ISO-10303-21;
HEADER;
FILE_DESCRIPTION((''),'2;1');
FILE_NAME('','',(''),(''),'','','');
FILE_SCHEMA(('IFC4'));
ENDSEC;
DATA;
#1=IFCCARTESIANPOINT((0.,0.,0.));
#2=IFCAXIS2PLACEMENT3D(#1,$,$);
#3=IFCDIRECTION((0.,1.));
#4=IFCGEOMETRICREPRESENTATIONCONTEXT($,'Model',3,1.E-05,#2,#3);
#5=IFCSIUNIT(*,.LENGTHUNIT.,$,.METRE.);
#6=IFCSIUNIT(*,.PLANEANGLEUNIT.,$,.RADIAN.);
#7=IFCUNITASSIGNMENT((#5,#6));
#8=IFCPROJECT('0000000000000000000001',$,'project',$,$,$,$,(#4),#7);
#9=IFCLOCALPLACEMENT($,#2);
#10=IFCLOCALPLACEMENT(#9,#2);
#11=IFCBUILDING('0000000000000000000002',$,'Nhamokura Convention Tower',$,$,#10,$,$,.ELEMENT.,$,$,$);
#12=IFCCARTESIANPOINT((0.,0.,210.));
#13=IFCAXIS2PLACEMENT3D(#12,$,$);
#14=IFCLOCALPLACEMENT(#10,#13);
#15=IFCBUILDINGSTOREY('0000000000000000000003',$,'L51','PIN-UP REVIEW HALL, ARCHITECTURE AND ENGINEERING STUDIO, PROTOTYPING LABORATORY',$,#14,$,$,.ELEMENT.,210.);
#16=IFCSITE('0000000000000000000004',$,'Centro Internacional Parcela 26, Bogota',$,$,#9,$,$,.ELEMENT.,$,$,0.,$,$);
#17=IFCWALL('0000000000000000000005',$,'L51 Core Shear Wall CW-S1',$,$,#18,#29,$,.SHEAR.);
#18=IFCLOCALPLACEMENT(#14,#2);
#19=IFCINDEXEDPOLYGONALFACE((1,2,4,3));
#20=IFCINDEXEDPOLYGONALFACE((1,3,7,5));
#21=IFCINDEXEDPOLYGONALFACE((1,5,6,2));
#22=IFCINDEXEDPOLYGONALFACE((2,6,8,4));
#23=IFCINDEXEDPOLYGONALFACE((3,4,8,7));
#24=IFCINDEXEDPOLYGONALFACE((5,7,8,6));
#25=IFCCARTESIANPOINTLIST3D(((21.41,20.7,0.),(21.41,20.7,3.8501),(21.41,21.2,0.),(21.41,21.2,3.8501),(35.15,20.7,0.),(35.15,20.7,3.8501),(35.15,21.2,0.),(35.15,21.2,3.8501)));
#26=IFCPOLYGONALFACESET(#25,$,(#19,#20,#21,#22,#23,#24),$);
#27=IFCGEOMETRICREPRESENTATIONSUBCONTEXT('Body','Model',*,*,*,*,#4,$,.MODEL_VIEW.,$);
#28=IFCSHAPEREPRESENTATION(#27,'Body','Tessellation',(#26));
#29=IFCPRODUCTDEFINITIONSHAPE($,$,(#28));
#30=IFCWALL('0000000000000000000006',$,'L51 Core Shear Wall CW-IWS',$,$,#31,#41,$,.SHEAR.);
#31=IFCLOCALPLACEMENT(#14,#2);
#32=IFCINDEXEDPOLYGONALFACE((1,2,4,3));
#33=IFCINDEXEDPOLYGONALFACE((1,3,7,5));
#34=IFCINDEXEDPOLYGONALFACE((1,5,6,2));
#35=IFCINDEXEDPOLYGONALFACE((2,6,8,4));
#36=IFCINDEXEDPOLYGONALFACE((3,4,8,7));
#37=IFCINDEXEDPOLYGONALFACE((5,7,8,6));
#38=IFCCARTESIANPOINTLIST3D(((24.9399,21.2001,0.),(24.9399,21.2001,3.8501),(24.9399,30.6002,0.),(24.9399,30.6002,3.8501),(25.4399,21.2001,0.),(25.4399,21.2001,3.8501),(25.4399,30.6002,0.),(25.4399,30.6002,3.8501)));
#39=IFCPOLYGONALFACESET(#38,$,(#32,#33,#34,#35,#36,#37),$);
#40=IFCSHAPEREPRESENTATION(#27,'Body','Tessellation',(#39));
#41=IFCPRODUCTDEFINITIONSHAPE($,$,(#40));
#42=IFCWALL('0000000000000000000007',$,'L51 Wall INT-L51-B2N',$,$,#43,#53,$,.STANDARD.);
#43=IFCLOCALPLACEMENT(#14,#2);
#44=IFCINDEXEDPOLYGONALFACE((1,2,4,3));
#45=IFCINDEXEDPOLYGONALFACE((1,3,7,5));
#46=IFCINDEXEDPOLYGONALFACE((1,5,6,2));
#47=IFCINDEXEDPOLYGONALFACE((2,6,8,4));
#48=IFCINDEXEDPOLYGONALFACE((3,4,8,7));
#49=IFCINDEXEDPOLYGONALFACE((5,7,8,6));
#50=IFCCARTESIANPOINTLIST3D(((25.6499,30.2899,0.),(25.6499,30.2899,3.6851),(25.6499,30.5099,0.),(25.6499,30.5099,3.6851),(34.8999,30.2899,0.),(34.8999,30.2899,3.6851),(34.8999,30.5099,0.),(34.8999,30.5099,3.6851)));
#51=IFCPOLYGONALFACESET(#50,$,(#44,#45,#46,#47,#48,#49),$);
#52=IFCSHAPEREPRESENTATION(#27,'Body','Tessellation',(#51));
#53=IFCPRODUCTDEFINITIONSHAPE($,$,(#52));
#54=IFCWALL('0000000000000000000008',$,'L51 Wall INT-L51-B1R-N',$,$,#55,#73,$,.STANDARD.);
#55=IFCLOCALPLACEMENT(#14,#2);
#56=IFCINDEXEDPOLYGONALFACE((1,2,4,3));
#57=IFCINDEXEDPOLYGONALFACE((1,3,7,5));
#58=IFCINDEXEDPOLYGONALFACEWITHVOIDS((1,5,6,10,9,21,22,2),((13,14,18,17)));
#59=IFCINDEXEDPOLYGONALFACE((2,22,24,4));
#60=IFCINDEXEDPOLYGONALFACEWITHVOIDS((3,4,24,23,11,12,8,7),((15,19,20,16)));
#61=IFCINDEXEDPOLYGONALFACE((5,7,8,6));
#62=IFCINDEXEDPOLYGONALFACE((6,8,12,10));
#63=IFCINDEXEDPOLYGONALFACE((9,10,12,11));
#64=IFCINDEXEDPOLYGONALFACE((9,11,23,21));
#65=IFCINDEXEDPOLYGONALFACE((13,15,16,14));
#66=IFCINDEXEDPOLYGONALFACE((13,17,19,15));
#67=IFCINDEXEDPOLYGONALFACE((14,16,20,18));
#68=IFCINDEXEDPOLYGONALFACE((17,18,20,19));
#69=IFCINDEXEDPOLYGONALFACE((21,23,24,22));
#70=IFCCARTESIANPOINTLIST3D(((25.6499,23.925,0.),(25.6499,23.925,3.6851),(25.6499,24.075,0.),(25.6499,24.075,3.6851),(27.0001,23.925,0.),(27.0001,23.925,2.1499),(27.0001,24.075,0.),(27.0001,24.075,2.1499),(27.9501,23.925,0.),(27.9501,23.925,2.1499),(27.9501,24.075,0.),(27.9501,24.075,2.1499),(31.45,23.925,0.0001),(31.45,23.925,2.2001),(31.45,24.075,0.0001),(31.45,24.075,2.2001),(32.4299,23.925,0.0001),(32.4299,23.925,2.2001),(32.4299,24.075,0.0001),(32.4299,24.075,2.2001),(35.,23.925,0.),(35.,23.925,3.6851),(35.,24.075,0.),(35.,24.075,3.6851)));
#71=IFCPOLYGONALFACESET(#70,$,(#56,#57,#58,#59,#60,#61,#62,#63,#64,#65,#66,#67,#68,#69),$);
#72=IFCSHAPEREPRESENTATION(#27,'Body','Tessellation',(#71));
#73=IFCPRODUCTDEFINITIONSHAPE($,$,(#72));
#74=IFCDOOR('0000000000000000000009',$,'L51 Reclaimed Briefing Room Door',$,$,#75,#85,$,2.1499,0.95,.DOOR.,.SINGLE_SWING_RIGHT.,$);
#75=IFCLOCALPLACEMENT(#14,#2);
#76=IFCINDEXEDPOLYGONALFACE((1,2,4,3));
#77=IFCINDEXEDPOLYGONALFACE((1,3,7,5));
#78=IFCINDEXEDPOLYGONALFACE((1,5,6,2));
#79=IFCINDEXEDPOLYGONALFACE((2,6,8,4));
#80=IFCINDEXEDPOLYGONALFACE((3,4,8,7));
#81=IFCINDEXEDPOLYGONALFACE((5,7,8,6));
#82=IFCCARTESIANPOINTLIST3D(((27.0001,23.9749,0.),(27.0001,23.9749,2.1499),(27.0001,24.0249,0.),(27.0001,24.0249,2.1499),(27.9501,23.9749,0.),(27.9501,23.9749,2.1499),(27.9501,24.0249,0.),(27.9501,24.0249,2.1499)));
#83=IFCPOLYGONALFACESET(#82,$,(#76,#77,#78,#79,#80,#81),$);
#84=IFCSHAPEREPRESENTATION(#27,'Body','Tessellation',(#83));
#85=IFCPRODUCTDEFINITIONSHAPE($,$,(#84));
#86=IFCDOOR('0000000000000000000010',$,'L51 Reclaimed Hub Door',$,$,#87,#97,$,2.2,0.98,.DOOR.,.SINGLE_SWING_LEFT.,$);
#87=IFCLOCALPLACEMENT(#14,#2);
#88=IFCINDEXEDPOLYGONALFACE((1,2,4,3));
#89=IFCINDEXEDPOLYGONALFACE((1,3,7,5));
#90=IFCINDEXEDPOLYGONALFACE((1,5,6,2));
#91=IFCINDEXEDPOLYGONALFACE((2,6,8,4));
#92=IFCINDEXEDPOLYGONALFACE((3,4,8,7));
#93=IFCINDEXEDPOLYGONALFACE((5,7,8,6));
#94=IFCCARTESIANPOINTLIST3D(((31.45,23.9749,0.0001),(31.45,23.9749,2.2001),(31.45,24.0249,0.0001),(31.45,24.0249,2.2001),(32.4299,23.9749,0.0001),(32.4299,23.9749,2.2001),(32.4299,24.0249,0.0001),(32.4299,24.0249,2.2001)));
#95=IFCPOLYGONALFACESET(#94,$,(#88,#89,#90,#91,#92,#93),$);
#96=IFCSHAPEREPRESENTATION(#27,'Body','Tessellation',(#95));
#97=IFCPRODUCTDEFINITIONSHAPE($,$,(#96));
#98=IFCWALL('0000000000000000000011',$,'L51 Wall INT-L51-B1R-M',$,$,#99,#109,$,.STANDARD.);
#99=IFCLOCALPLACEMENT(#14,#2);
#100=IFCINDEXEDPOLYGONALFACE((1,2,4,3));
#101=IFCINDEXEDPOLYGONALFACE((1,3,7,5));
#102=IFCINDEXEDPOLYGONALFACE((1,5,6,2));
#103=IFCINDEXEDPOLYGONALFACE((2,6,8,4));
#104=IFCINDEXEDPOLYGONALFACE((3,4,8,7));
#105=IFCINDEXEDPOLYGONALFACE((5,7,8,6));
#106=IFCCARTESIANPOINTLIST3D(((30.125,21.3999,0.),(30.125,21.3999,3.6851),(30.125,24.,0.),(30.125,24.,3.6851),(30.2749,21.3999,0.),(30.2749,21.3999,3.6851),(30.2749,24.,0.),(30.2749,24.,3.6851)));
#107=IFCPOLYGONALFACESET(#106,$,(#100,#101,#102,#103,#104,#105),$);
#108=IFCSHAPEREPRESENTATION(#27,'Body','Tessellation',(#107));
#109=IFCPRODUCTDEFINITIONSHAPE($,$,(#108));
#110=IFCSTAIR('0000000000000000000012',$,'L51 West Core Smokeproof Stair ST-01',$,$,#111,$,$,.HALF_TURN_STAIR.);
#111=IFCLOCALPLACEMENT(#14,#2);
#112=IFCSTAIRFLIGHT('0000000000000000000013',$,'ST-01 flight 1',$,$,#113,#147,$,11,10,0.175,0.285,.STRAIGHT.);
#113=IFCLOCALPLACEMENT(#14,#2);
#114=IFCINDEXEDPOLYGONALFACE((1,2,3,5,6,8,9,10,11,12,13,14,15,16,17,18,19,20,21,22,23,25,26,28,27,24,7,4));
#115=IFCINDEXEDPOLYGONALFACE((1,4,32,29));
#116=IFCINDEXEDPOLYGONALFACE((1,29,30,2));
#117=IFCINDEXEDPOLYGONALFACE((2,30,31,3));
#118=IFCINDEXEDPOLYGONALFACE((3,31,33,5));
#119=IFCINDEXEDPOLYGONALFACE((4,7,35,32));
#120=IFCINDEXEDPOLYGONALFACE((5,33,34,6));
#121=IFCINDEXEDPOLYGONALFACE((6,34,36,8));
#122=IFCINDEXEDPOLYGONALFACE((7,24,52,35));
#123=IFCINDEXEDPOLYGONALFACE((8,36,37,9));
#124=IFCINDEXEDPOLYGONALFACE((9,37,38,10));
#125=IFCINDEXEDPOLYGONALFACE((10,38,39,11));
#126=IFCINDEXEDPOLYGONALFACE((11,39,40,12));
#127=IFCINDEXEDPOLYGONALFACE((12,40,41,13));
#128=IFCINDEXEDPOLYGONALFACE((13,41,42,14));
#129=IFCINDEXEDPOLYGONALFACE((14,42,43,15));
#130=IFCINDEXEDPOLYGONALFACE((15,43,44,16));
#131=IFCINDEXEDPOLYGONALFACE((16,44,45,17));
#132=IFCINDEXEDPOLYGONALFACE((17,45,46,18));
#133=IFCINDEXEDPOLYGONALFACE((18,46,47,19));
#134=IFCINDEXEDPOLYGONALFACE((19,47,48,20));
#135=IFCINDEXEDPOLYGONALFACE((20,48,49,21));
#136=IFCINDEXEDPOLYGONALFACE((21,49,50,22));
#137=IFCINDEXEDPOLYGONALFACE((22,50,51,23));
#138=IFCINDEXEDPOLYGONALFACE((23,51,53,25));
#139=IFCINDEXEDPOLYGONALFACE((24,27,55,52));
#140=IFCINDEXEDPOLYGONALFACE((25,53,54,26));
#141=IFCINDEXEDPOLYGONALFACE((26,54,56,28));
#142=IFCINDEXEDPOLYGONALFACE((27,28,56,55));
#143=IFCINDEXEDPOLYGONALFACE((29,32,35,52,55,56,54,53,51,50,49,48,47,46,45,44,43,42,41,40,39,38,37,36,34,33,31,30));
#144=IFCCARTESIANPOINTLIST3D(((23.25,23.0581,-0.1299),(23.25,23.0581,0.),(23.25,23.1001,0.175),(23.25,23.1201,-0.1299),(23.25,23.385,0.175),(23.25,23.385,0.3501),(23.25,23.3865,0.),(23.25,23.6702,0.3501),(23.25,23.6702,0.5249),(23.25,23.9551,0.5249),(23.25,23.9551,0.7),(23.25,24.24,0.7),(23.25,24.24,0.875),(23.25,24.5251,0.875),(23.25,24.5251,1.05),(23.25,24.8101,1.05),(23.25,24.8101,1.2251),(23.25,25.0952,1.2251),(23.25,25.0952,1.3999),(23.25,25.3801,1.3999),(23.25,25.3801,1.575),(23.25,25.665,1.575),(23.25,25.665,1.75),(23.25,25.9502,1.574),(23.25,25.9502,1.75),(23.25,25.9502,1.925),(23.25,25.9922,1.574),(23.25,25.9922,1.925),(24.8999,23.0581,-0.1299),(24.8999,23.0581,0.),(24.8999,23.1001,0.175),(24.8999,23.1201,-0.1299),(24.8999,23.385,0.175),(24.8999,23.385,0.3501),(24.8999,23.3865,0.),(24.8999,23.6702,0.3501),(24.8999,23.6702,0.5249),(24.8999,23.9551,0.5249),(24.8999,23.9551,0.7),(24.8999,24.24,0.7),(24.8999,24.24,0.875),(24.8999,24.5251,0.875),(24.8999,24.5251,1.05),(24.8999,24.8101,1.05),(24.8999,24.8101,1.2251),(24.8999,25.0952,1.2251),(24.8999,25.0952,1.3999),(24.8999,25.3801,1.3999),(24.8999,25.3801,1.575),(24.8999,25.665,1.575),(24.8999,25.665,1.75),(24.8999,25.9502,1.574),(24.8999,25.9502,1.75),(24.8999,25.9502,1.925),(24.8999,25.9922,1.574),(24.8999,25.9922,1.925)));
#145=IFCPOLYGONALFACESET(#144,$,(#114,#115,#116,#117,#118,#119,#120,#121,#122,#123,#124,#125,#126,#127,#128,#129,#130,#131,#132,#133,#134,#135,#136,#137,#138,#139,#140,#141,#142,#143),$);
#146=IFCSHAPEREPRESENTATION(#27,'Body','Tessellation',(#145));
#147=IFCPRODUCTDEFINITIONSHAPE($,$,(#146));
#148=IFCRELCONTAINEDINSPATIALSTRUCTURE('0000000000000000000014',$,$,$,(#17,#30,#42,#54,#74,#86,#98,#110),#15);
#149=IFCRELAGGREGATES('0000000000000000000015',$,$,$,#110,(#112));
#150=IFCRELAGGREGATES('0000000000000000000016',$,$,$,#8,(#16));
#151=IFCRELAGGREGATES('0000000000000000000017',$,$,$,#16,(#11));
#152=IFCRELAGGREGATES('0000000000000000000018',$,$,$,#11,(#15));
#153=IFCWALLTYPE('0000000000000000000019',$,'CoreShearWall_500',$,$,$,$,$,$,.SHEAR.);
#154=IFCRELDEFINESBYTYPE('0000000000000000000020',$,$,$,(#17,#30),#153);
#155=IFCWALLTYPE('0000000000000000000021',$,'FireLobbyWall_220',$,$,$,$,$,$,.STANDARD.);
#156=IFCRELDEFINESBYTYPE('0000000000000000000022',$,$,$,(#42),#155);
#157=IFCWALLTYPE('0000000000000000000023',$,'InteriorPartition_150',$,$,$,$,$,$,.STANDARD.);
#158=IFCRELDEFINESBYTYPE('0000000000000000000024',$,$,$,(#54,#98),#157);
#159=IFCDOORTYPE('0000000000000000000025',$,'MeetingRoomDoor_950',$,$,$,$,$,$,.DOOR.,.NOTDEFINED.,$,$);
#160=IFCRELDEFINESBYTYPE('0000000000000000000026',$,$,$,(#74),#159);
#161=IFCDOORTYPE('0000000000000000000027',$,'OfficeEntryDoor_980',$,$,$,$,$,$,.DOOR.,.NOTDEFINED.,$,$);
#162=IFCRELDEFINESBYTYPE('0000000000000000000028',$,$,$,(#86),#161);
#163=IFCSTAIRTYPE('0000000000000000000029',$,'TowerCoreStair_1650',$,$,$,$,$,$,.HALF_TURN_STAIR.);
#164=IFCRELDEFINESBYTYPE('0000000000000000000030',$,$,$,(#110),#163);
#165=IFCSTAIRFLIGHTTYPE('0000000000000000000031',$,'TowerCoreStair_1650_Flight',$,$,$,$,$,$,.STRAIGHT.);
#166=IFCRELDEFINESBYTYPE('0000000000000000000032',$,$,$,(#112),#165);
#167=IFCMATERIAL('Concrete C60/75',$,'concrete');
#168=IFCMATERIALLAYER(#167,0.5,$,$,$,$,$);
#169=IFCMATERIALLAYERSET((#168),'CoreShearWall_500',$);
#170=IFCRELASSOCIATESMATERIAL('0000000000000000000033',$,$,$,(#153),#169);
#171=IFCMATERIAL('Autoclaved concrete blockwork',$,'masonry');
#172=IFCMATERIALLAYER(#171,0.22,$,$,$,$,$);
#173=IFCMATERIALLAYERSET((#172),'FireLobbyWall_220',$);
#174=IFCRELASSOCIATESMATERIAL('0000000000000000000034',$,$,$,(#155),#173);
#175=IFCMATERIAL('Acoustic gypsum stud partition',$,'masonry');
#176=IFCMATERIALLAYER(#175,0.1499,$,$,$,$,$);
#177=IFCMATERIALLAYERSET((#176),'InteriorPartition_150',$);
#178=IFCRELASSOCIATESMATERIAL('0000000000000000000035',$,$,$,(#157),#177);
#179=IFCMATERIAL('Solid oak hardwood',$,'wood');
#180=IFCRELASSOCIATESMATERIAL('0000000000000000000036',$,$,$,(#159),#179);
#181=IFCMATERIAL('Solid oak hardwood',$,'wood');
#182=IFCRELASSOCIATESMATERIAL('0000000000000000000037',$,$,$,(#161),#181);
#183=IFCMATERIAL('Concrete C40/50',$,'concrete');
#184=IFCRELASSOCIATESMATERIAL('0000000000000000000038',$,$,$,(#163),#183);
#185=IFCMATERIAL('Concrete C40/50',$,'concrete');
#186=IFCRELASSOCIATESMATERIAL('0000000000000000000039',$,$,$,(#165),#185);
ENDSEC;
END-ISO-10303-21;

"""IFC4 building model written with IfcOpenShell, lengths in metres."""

from ifc_helpers import new_model, si_unit, direction, frame, frame_2d, origin, place, context, subcontext, project, spatial, polyline, rectangle, outline, extrude, material, layer, layer_set, type_object, element, fill, aggregate, save


model = new_model("IFC4")

# Units and contexts
model_context = context("Model", 3, precision=1e-05, world=origin(), true_north=direction((0.0, 1.0)))
body_context = subcontext(model_context, "Body", "Model", "MODEL_VIEW")
ifc_project = project(units=[si_unit("LENGTHUNIT", "METRE"), si_unit("PLANEANGLEUNIT", "RADIAN")], contexts=[model_context])

# Site, building, storey
site_placement = place(None, origin())
site = spatial("IfcSite", under=ifc_project, at=site_placement, Name="Centro Internacional Parcela 26, Bogota", CompositionType="ELEMENT", RefElevation=0.0)
building_placement = place(site_placement, origin())
building = spatial("IfcBuilding", under=site, at=building_placement, Name="Nhamokura Convention Tower", CompositionType="ELEMENT")
storey_placement = place(building_placement, frame((0.0, 0.0, 210.0)))
storey = spatial("IfcBuildingStorey", under=building, at=storey_placement, Name="L51", Description="PIN-UP REVIEW HALL, ARCHITECTURE AND ENGINEERING STUDIO, PROTOTYPING LABORATORY", CompositionType="ELEMENT", Elevation=210.0)

# Shared definitions
ifc_material_1 = material(Name="Concrete C60/75", Category="concrete")
ifc_layer_1 = layer(ifc_material_1, 0.5)
ifc_layer_set_1 = layer_set([ifc_layer_1], Name="CoreShearWall_500")
wall_type_1 = type_object("IfcWallType", Name="CoreShearWall_500", PredefinedType="SHEAR", material=ifc_layer_set_1)

# Walls
wall_1_placement = place(storey_placement, frame((21.4099, 20.95, 0.0), z_axis=(0.0, 0.0, 1.0), x_axis=(1.0, 0.0, 0.0)))
element("IfcWall", 1, at=wall_1_placement, inside=storey, type_object=wall_type_1, Name="L51 Core Shear Wall CW-S1", PredefinedType="SHEAR", context=body_context, shape_type="SweptSolid", body=[
    extrude(rectangle(XDim=13.74, YDim=0.5, at=frame_2d((6.8701, 0.0))), origin(), (0.0, 0.0, 1.0), 3.8501),
])
wall_2_placement = place(storey_placement, frame((25.1899, 21.2, 0.0), z_axis=(0.0, 0.0, 1.0), x_axis=(0.0, 1.0, 0.0)))
element("IfcWall", 2, at=wall_2_placement, inside=storey, type_object=wall_type_1, Name="L51 Core Shear Wall CW-IWS", PredefinedType="SHEAR", context=body_context, shape_type="SweptSolid", body=[
    extrude(rectangle(XDim=9.4001, YDim=0.5, at=frame_2d((4.7002, 0.0))), origin(), (0.0, 0.0, 1.0), 3.8501),
])

# Shared definitions
ifc_material_2 = material(Name="Autoclaved concrete blockwork", Category="masonry")
ifc_layer_2 = layer(ifc_material_2, 0.22)
ifc_layer_set_2 = layer_set([ifc_layer_2], Name="FireLobbyWall_220")
wall_type_2 = type_object("IfcWallType", Name="FireLobbyWall_220", PredefinedType="STANDARD", material=ifc_layer_set_2)

# Wall
wall_3_placement = place(storey_placement, frame((25.6499, 30.3999, 0.0), z_axis=(0.0, 0.0, 1.0), x_axis=(1.0, 0.0, 0.0)))
element("IfcWall", 3, at=wall_3_placement, inside=storey, type_object=wall_type_2, Name="L51 Wall INT-L51-B2N", PredefinedType="STANDARD", context=body_context, shape_type="SweptSolid", body=[
    extrude(rectangle(XDim=9.25, YDim=0.22, at=frame_2d((4.625, 0.0))), origin(), (0.0, 0.0, 1.0), 3.6851),
])

# Wall, openings, doors
ifc_material_3 = material(Name="Acoustic gypsum stud partition", Category="masonry")
ifc_layer_3 = layer(ifc_material_3, 0.1499)
ifc_layer_set_3 = layer_set([ifc_layer_3], Name="InteriorPartition_150")
wall_type_3 = type_object("IfcWallType", Name="InteriorPartition_150", PredefinedType="STANDARD", material=ifc_layer_set_3)
wall_4_placement = place(storey_placement, frame((25.6499, 24.0, 0.0), z_axis=(0.0, 0.0, 1.0), x_axis=(1.0, 0.0, 0.0)))
wall_4 = element("IfcWall", 4, at=wall_4_placement, inside=storey, type_object=wall_type_3, Name="L51 Wall INT-L51-B1R-N", PredefinedType="STANDARD", context=body_context, shape_type="SweptSolid", body=[
    extrude(rectangle(XDim=9.3501, YDim=0.1499, at=frame_2d((4.675, 0.0))), origin(), (0.0, 0.0, 1.0), 3.6851),
])
opening_1_placement = place(wall_4_placement, frame((1.3501, 0.0, 0.0)))
opening_1 = element("IfcOpeningElement", 5, at=opening_1_placement, cuts=wall_4, PredefinedType="OPENING", context=body_context, shape_type="SweptSolid", body=[
    extrude(rectangle(XDim=0.95, YDim=2.1499, at=frame_2d((0.4751, 1.075))), frame((0.0, 0.085, 0.0), z_axis=(0.0, -1.0, 0.0), x_axis=(1.0, 0.0, 0.0)), (0.0, 0.0, 1.0), 0.1699),
])
opening_2_placement = place(wall_4_placement, frame((5.8, 0.0, 0.0)))
opening_2 = element("IfcOpeningElement", 6, at=opening_2_placement, cuts=wall_4, PredefinedType="OPENING", context=body_context, shape_type="SweptSolid", body=[
    extrude(rectangle(XDim=0.98, YDim=2.2, at=frame_2d((0.49, 1.1001))), frame((0.0, 0.085, 0.0), z_axis=(0.0, -1.0, 0.0), x_axis=(1.0, 0.0, 0.0)), (0.0, 0.0, 1.0), 0.1699),
])
ifc_material_4 = material(Name="Solid oak hardwood", Category="wood")
door_type_1 = type_object("IfcDoorType", Name="MeetingRoomDoor_950", OperationType="NOTDEFINED", PredefinedType="DOOR", material=ifc_material_4)
door_1_placement = place(opening_1_placement, origin())
door_1 = element("IfcDoor", 7, at=door_1_placement, inside=storey, type_object=door_type_1, Name="L51 Reclaimed Briefing Room Door", OperationType="SINGLE_SWING_RIGHT", OverallHeight=2.1499, OverallWidth=0.95, PredefinedType="DOOR", context=body_context, shape_type="SweptSolid", body=[
    extrude(rectangle(XDim=0.95, YDim=2.1499, at=frame_2d((0.4751, 1.075))), frame((0.0, 0.0249, 0.0), z_axis=(0.0, -1.0, 0.0), x_axis=(1.0, 0.0, 0.0)), (0.0, 0.0, 1.0), 0.05),
])
fill(opening_1, door_1)
ifc_material_5 = material(Name="Solid oak hardwood", Category="wood")
door_type_2 = type_object("IfcDoorType", Name="OfficeEntryDoor_980", OperationType="NOTDEFINED", PredefinedType="DOOR", material=ifc_material_5)
door_2_placement = place(opening_2_placement, origin())
door_2 = element("IfcDoor", 8, at=door_2_placement, inside=storey, type_object=door_type_2, Name="L51 Reclaimed Hub Door", OperationType="SINGLE_SWING_LEFT", OverallHeight=2.2, OverallWidth=0.98, PredefinedType="DOOR", context=body_context, shape_type="SweptSolid", body=[
    extrude(rectangle(XDim=0.98, YDim=2.2, at=frame_2d((0.49, 1.1001))), frame((0.0, 0.0249, 0.0), z_axis=(0.0, -1.0, 0.0), x_axis=(1.0, 0.0, 0.0)), (0.0, 0.0, 1.0), 0.05),
])
fill(opening_2, door_2)

# Wall
wall_5_placement = place(storey_placement, frame((30.2, 21.3999, 0.0), z_axis=(0.0, 0.0, 1.0), x_axis=(0.0, 1.0, 0.0)))
element("IfcWall", 9, at=wall_5_placement, inside=storey, type_object=wall_type_3, Name="L51 Wall INT-L51-B1R-M", PredefinedType="STANDARD", context=body_context, shape_type="SweptSolid", body=[
    extrude(rectangle(XDim=2.6001, YDim=0.1499, at=frame_2d((1.3, 0.0))), origin(), (0.0, 0.0, 1.0), 3.6851),
])

# Stair, stair flight
ifc_material_6 = material(Name="Concrete C40/50", Category="concrete")
stair_type = type_object("IfcStairType", Name="TowerCoreStair_1650", PredefinedType="HALF_TURN_STAIR", material=ifc_material_6)
stair_placement = place(storey_placement, origin())
stair = element("IfcStair", 10, at=stair_placement, inside=storey, type_object=stair_type, Name="L51 West Core Smokeproof Stair ST-01", PredefinedType="HALF_TURN_STAIR")
ifc_material_7 = material(Name="Concrete C40/50", Category="concrete")
stair_flight_type = type_object("IfcStairFlightType", Name="TowerCoreStair_1650_Flight", PredefinedType="STRAIGHT", material=ifc_material_7)
stair_flight_1_placement = place(storey_placement, frame((24.075, 23.1001, 0.0), z_axis=(0.0, 0.0, 1.0), x_axis=(0.0, 1.0, 0.0)))
stair_flight_1 = element("IfcStairFlight", 11, at=stair_flight_1_placement, type_object=stair_flight_type, Name="ST-01 flight 1", NumberOfRisers=11, NumberOfTreads=10, PredefinedType="STRAIGHT", RiserHeight=0.175, TreadLength=0.285, context=body_context, shape_type="SweptSolid", body=[
    extrude(outline(polyline([(-0.042, 0.0), (0.0, 0.175), (0.2849, 0.175), (0.2849, 0.3501), (0.5701, 0.3501), (0.5701, 0.5249), (0.855, 0.5249), (0.855, 0.7), (1.1399, 0.7), (1.1399, 0.875), (1.425, 0.875), (1.425, 1.05), (1.71, 1.05), (1.71, 1.2251), (1.9951, 1.2251), (1.9951, 1.3999), (2.28, 1.3999), (2.28, 1.575), (2.5649, 1.575), (2.5649, 1.75), (2.8501, 1.75), (2.8501, 1.925), (2.8921, 1.925), (2.8921, 1.574), (2.8501, 1.574), (0.2864, 0.0), (0.02, -0.1299), (-0.042, -0.1299), (-0.042, 0.0)])), frame((0.0, 0.825, 0.0), z_axis=(0.0, -1.0, 0.0), x_axis=(1.0, 0.0, 0.0)), (0.0, 0.0, 1.0), 1.6499),
])
aggregate(stair, [stair_flight_1])

save(model, "model.ifc")
